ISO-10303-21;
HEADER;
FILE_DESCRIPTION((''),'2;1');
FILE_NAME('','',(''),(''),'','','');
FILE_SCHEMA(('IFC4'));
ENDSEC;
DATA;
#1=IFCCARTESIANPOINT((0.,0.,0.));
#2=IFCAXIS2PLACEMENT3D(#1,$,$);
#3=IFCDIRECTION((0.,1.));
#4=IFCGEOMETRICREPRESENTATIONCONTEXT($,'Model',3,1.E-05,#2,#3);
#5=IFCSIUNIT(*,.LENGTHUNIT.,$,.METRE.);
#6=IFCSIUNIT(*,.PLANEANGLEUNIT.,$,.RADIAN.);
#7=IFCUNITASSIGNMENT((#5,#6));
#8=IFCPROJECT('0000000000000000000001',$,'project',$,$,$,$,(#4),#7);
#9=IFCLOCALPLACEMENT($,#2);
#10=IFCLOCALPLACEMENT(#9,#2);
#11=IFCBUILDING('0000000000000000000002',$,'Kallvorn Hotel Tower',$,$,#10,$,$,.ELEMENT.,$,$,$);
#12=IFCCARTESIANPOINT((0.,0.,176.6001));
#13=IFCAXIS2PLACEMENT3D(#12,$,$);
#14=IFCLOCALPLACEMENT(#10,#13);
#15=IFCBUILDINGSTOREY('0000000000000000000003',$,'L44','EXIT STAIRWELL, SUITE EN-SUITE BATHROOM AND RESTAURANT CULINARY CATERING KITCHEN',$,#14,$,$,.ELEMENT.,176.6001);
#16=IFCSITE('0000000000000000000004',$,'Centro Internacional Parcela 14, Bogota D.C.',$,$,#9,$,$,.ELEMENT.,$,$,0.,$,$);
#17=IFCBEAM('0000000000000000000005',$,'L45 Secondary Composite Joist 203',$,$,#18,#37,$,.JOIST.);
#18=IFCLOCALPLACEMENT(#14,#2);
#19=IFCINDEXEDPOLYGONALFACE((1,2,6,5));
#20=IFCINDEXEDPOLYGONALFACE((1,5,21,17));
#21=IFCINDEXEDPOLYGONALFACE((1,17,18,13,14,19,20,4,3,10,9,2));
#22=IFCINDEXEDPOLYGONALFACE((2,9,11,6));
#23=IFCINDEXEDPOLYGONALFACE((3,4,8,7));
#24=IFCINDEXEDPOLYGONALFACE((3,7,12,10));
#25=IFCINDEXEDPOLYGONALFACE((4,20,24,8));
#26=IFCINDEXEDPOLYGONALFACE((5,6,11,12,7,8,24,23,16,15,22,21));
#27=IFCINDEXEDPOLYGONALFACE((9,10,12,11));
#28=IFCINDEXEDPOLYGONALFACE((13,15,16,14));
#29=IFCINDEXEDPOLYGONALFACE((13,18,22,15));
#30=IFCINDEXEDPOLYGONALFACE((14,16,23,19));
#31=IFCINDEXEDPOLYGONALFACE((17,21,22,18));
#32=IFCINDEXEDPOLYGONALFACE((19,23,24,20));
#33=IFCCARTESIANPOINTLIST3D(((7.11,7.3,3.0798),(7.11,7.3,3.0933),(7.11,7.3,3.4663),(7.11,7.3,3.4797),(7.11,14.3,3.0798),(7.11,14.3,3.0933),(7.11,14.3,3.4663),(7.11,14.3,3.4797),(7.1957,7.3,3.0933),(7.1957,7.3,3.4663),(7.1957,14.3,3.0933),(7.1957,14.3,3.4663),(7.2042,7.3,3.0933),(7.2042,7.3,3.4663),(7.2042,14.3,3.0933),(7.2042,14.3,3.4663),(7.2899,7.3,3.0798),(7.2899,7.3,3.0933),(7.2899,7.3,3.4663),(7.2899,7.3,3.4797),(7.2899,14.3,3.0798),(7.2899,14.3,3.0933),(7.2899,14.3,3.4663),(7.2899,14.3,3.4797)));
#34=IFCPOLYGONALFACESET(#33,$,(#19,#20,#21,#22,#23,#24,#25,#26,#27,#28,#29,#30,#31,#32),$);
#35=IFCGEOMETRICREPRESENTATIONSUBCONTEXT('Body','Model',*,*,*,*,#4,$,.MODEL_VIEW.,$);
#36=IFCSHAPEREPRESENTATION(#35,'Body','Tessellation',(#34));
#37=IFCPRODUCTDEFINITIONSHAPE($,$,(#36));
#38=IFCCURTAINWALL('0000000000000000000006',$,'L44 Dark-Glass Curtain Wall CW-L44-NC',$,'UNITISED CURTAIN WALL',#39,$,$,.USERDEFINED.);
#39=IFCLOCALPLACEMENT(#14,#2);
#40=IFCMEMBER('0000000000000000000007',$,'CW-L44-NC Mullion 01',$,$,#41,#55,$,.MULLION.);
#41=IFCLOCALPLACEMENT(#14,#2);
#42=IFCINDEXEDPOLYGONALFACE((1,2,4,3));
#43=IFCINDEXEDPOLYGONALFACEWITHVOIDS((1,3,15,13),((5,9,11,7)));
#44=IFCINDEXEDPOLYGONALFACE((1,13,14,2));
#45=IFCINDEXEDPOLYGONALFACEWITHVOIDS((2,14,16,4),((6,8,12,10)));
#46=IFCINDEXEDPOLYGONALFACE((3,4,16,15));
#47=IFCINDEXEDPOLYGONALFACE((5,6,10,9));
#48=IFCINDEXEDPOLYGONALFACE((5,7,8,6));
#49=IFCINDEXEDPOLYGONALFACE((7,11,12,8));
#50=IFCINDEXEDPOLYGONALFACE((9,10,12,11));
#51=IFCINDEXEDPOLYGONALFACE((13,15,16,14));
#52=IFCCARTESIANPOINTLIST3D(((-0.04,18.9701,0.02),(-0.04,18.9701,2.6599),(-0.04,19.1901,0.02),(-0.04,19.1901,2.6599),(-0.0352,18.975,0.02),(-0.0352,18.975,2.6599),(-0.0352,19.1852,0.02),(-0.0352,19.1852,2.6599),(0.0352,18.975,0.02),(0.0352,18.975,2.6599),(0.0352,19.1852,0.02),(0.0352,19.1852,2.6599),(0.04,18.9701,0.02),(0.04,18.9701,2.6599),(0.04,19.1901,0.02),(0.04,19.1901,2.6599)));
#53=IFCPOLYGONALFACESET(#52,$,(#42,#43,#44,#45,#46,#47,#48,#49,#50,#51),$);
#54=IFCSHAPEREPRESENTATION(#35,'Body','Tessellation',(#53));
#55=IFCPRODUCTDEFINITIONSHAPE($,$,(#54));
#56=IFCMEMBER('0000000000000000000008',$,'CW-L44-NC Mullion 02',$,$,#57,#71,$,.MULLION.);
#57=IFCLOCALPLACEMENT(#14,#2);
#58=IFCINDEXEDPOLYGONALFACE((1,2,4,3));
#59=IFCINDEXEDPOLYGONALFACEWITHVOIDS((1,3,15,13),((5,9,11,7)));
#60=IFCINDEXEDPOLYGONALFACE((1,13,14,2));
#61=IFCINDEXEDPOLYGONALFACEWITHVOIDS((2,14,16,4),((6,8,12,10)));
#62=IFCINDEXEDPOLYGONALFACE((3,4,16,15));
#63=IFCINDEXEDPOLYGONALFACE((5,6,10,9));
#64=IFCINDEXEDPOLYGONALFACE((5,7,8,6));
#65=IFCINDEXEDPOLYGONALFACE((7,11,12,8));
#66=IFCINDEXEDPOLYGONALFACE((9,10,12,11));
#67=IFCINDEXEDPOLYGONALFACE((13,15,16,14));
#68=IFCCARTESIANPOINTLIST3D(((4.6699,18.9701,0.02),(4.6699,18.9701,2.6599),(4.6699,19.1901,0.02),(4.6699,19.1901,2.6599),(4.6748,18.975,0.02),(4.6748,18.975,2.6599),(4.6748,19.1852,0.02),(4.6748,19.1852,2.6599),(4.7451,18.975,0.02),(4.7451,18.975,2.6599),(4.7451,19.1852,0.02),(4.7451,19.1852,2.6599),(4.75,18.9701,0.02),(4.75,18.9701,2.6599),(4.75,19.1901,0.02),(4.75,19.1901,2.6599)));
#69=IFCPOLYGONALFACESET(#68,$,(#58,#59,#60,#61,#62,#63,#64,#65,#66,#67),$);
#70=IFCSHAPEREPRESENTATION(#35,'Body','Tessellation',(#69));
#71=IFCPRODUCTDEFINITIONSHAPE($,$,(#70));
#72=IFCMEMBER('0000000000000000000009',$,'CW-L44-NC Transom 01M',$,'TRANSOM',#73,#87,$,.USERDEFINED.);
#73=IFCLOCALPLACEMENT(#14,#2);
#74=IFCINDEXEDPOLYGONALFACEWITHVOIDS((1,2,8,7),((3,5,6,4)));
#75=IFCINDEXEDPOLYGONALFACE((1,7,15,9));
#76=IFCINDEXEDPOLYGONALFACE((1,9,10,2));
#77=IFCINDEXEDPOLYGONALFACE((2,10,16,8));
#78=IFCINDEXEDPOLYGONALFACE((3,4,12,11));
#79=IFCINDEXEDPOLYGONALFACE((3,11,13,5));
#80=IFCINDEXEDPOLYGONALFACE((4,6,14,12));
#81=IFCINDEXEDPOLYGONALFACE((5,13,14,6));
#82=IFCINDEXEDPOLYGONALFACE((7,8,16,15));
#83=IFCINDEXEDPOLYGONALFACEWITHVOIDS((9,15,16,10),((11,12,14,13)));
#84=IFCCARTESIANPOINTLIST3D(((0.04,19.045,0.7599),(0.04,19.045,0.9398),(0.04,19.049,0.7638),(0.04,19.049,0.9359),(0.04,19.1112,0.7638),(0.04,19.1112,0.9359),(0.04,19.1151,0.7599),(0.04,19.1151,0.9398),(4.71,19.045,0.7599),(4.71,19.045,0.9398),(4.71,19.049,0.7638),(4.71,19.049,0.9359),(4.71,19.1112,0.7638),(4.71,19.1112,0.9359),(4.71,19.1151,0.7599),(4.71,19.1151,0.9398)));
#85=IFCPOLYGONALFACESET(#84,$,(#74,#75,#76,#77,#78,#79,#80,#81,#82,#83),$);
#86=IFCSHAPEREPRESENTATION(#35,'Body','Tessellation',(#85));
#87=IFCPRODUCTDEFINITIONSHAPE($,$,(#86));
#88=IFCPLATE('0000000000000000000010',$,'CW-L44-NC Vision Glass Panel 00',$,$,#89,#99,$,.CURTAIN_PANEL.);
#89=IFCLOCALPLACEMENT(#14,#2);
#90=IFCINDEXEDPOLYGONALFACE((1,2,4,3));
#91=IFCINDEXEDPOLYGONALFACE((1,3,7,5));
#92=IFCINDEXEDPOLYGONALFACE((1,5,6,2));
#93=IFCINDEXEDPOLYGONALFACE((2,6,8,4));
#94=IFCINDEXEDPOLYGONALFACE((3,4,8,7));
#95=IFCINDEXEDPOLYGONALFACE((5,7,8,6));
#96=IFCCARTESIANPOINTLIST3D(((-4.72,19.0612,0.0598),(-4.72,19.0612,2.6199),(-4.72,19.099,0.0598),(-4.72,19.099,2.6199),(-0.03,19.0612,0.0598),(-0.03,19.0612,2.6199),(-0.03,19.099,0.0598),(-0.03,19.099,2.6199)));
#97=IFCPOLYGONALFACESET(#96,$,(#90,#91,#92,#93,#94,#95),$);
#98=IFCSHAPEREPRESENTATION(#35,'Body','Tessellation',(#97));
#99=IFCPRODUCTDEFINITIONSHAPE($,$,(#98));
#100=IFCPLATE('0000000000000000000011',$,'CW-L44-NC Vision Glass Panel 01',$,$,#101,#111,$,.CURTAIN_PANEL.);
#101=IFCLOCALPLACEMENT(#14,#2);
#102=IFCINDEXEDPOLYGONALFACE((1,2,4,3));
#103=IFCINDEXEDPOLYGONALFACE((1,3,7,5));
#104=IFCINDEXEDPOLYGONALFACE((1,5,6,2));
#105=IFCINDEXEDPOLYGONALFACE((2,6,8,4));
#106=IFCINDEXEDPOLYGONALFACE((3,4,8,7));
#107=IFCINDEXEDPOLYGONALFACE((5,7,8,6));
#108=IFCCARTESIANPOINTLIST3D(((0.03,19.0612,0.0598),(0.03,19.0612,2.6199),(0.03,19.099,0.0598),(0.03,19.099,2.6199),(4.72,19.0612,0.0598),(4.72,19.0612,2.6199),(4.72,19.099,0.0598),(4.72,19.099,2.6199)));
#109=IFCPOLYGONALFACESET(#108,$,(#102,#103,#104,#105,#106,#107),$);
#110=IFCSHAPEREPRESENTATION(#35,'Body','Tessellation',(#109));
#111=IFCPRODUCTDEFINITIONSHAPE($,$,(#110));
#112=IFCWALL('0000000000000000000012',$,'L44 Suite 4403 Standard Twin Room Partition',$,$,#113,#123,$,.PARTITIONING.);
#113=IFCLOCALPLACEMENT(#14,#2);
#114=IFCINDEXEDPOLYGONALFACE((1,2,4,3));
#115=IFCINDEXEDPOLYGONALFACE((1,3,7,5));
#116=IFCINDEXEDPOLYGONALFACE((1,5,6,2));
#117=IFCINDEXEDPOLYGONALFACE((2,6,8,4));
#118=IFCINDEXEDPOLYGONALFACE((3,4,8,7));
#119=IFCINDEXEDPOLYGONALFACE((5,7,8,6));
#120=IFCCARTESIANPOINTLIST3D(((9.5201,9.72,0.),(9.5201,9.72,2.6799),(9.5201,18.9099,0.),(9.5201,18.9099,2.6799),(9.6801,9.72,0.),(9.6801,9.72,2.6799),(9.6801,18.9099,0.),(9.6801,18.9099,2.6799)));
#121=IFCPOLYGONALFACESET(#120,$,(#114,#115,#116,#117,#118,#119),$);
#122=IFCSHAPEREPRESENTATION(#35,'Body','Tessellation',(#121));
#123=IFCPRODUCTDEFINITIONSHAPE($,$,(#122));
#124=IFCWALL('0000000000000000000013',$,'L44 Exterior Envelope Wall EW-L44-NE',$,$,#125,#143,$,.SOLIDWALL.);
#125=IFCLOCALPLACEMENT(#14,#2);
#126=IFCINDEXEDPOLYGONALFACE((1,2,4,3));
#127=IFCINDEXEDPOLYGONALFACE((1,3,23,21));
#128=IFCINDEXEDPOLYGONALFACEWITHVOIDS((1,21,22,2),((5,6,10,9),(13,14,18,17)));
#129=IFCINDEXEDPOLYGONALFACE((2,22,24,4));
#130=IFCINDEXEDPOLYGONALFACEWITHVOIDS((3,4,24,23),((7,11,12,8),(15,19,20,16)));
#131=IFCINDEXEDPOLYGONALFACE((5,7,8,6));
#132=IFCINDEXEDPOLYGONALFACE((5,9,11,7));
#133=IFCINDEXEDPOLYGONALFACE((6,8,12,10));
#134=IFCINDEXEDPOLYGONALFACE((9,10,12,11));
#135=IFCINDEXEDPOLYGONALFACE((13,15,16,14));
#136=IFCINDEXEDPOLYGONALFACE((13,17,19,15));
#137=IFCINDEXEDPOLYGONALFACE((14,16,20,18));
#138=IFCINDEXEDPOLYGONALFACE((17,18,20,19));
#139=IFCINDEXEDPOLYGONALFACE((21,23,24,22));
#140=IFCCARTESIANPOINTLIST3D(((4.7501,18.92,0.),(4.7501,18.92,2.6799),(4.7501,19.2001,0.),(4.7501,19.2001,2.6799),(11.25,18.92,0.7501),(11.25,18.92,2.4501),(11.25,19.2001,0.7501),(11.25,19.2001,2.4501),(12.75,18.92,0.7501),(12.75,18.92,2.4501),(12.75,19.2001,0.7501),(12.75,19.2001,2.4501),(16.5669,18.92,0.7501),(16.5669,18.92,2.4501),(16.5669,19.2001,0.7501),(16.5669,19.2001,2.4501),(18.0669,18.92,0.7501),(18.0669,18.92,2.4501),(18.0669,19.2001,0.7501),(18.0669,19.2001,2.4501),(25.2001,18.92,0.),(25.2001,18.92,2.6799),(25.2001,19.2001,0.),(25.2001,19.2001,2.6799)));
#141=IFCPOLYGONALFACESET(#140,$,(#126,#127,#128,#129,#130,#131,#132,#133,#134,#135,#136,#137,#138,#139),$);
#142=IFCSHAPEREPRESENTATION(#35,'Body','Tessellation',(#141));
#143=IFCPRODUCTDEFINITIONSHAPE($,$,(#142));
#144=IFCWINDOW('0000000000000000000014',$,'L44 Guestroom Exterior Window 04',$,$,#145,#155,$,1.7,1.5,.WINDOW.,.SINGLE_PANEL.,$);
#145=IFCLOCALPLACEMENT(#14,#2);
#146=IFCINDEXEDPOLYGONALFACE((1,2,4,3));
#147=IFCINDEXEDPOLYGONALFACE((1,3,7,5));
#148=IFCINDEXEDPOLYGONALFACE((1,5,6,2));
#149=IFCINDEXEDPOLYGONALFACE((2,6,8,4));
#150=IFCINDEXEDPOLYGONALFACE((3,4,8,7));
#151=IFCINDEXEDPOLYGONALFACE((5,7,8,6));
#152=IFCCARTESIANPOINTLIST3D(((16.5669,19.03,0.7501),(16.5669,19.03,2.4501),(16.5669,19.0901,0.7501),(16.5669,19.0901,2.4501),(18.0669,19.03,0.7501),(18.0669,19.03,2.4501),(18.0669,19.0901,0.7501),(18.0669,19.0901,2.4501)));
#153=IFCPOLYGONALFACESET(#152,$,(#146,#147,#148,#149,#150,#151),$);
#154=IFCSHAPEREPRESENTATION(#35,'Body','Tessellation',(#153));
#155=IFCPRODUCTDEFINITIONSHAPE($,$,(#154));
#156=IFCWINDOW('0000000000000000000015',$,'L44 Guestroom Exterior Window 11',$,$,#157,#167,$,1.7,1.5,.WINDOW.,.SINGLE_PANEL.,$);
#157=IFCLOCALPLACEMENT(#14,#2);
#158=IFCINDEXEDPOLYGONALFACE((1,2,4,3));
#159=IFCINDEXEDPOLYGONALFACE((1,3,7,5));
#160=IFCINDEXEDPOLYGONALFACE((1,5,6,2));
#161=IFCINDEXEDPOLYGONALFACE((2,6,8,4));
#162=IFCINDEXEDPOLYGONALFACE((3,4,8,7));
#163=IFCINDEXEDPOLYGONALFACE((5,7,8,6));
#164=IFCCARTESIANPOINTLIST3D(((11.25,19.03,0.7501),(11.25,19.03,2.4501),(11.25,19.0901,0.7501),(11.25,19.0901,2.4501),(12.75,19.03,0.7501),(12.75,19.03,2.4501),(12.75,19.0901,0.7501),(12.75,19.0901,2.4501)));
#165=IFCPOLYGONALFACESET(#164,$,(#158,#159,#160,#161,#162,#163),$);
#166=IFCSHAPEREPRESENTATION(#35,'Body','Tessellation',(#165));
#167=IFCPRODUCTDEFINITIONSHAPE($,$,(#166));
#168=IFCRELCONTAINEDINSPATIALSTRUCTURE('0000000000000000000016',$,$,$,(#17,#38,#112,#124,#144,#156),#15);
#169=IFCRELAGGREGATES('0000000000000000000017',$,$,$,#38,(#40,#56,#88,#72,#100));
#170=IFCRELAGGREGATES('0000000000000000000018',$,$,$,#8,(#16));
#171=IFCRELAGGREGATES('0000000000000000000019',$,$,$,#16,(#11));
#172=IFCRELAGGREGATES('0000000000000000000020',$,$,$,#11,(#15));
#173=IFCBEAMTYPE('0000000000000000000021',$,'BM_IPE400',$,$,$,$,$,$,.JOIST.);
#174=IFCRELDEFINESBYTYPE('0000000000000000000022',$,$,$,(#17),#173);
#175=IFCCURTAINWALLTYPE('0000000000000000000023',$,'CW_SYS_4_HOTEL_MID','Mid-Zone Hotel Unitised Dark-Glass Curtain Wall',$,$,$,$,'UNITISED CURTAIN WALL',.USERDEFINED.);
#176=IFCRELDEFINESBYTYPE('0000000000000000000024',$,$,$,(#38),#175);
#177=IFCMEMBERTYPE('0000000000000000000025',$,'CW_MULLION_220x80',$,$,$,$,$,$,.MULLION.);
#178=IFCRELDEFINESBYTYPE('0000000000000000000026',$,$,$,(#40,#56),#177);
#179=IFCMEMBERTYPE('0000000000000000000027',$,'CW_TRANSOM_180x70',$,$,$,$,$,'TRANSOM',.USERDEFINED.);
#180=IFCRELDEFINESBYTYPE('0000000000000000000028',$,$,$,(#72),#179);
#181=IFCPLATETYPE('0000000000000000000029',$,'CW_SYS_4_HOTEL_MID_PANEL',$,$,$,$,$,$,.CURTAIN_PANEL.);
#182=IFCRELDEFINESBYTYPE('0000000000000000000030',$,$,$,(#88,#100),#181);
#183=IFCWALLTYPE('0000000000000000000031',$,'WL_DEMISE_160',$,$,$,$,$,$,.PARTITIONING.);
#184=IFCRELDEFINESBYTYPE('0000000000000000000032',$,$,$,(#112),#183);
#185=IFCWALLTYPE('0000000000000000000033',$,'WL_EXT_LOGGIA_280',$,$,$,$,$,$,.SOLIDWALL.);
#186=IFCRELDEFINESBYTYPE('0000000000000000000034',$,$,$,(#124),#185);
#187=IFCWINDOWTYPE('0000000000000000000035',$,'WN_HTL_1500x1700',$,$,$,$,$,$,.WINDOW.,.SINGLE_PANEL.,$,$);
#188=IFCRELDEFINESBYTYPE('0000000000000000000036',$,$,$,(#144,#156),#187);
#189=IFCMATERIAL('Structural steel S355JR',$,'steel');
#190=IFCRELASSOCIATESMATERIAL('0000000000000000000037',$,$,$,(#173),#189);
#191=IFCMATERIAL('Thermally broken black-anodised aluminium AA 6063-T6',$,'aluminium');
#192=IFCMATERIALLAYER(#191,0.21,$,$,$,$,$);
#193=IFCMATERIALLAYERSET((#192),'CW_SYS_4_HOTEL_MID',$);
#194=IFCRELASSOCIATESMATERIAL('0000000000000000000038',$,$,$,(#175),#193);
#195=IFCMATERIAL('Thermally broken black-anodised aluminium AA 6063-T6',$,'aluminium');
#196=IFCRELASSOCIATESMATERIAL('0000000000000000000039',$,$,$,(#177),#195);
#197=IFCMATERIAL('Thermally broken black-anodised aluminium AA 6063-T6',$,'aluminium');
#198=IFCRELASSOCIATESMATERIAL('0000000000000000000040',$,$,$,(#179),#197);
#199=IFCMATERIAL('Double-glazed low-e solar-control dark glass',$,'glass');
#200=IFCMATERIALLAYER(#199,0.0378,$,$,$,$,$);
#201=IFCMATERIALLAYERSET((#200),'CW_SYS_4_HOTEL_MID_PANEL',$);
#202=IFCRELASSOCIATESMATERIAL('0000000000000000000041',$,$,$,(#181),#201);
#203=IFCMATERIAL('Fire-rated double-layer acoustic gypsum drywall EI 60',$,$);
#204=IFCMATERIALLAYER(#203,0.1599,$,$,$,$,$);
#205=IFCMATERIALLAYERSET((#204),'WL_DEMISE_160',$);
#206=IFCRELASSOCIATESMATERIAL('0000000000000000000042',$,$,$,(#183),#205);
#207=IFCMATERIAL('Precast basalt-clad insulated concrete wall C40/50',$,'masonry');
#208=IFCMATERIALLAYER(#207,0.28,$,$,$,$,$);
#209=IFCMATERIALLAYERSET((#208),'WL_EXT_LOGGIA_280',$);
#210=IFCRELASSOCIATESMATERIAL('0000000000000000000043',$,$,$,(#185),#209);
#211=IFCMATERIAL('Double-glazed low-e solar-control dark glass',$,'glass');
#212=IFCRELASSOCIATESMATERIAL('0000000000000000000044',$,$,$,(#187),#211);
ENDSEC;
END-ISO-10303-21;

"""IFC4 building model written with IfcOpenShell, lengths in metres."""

from ifc_helpers import new_model, si_unit, direction, frame, frame_2d, origin, origin_2d, place, context, subcontext, project, spatial, rectangle, hollow_rectangle, i_section, extrude, material, layer, layer_set, material_profile, profile_set, type_object, element, fill, aggregate, save


model = new_model("IFC4")

# Units and contexts
model_context = context("Model", 3, precision=1e-05, world=origin(), true_north=direction((0.0, 1.0)))
body_context = subcontext(model_context, "Body", "Model", "MODEL_VIEW")
ifc_project = project(units=[si_unit("LENGTHUNIT", "METRE"), si_unit("PLANEANGLEUNIT", "RADIAN")], contexts=[model_context])

# Site, building, storey
site_placement = place(None, origin())
site = spatial("IfcSite", under=ifc_project, at=site_placement, Name="Centro Internacional Parcela 14, Bogota D.C.", CompositionType="ELEMENT", RefElevation=0.0)
building_placement = place(site_placement, origin())
building = spatial("IfcBuilding", under=site, at=building_placement, Name="Kallvorn Hotel Tower", CompositionType="ELEMENT")
storey_placement = place(building_placement, frame((0.0, 0.0, 176.6001)))
storey = spatial("IfcBuildingStorey", under=building, at=storey_placement, Name="L44", Description="EXIT STAIRWELL, SUITE EN-SUITE BATHROOM AND RESTAURANT CULINARY CATERING KITCHEN", CompositionType="ELEMENT", Elevation=176.6001)

# Beam
ifc_material_1 = material(Name="Structural steel S355JR", Category="steel")
ifc_material_profile_1 = material_profile(ifc_material_1, i_section(OverallWidth=0.1799, OverallDepth=0.3999, WebThickness=0.0085, FlangeThickness=0.0134, at=origin_2d()), Name="IPE 400")
ifc_profile_set_1 = profile_set([ifc_material_profile_1], Name="Structural steel S355JR")
beam_type_1 = type_object("IfcBeamType", Name="BM_IPE400", PredefinedType="JOIST", material=ifc_profile_set_1)
for number, where, z_axis, x_axis, name in (
    (1, (7.2, 7.3, 3.2798), (0.0, 1.0, 0.0), (-1.0, 0.0, 0.0), "L45 Secondary Composite Joist 203"),
):
    element("IfcBeam", number, at=place(storey_placement, frame(where, z_axis=z_axis, x_axis=x_axis)), inside=storey, type_object=beam_type_1, Name=name, PredefinedType="JOIST", context=body_context, shape_type="SweptSolid", body=[
        extrude(i_section(OverallWidth=0.1799, OverallDepth=0.3999, WebThickness=0.0085, FlangeThickness=0.0134, at=origin_2d()), origin(), (0.0, 0.0, 1.0), 7.0),
    ])

# Curtain wall, members, plates
ifc_material_2 = material(Name="Thermally broken black-anodised aluminium AA 6063-T6", Category="aluminium")
ifc_layer_1 = layer(ifc_material_2, 0.21)
ifc_layer_set_1 = layer_set([ifc_layer_1], Name="CW_SYS_4_HOTEL_MID")
curtain_wall_type = type_object("IfcCurtainWallType", Name="CW_SYS_4_HOTEL_MID", Description="Mid-Zone Hotel Unitised Dark-Glass Curtain Wall", ElementType="UNITISED CURTAIN WALL", PredefinedType="USERDEFINED", material=ifc_layer_set_1)
curtain_wall_placement = place(storey_placement, origin())
curtain_wall = element("IfcCurtainWall", 2, at=curtain_wall_placement, inside=storey, type_object=curtain_wall_type, Name="L44 Dark-Glass Curtain Wall CW-L44-NC", ObjectType="UNITISED CURTAIN WALL", PredefinedType="USERDEFINED")
ifc_material_3 = material(Name="Thermally broken black-anodised aluminium AA 6063-T6", Category="aluminium")
ifc_material_profile_2 = material_profile(ifc_material_3, hollow_rectangle(XDim=0.0801, YDim=0.22, WallThickness=0.0049, at=origin_2d()), Name="MUL 220x80")
ifc_profile_set_2 = profile_set([ifc_material_profile_2], Name="Thermally broken black-anodised aluminium AA 6063-T6")
member_type_1 = type_object("IfcMemberType", Name="CW_MULLION_220x80", PredefinedType="MULLION", material=ifc_profile_set_2)
member_1_placement = place(storey_placement, frame((0.0, 19.0801, 0.02), z_axis=(0.0, 0.0, 1.0), x_axis=(1.0, 0.0, 0.0)))
member_1 = element("IfcMember", 3, at=member_1_placement, type_object=member_type_1, Name="CW-L44-NC Mullion 01", PredefinedType="MULLION", context=body_context, shape_type="SweptSolid", body=[
    extrude(hollow_rectangle(XDim=0.0801, YDim=0.22, WallThickness=0.0049, at=origin_2d()), origin(), (0.0, 0.0, 1.0), 2.6399),
])
member_2_placement = place(storey_placement, frame((4.71, 19.0801, 0.02), z_axis=(0.0, 0.0, 1.0), x_axis=(1.0, 0.0, 0.0)))
member_2 = element("IfcMember", 4, at=member_2_placement, type_object=member_type_1, Name="CW-L44-NC Mullion 02", PredefinedType="MULLION", context=body_context, shape_type="SweptSolid", body=[
    extrude(hollow_rectangle(XDim=0.0801, YDim=0.22, WallThickness=0.0049, at=origin_2d()), origin(), (0.0, 0.0, 1.0), 2.6399),
])
ifc_material_4 = material(Name="Thermally broken black-anodised aluminium AA 6063-T6", Category="aluminium")
ifc_material_profile_3 = material_profile(ifc_material_4, hollow_rectangle(XDim=0.0701, YDim=0.1799, WallThickness=0.0039, at=origin_2d()), Name="TRN 180x70")
ifc_profile_set_3 = profile_set([ifc_material_profile_3], Name="Thermally broken black-anodised aluminium AA 6063-T6")
member_type_2 = type_object("IfcMemberType", Name="CW_TRANSOM_180x70", ElementType="TRANSOM", PredefinedType="USERDEFINED", material=ifc_profile_set_3)
member_3_placement = place(storey_placement, frame((0.04, 19.0801, 0.8499), z_axis=(1.0, 0.0, 0.0), x_axis=(0.0, 1.0, 0.0)))
member_3 = element("IfcMember", 5, at=member_3_placement, type_object=member_type_2, Name="CW-L44-NC Transom 01M", ObjectType="TRANSOM", PredefinedType="USERDEFINED", context=body_context, shape_type="SweptSolid", body=[
    extrude(hollow_rectangle(XDim=0.0701, YDim=0.1799, WallThickness=0.0039, at=origin_2d()), origin(), (0.0, 0.0, 1.0), 4.6699),
])
ifc_material_5 = material(Name="Double-glazed low-e solar-control dark glass", Category="glass")
ifc_layer_2 = layer(ifc_material_5, 0.0378)
ifc_layer_set_2 = layer_set([ifc_layer_2], Name="CW_SYS_4_HOTEL_MID_PANEL")
plate_type = type_object("IfcPlateType", Name="CW_SYS_4_HOTEL_MID_PANEL", PredefinedType="CURTAIN_PANEL", material=ifc_layer_set_2)
plate_1_placement = place(storey_placement, frame((-2.375, 19.0801, 0.0598), z_axis=(0.0, 0.0, 1.0), x_axis=(1.0, 0.0, 0.0)))
plate_1 = element("IfcPlate", 6, at=plate_1_placement, type_object=plate_type, Name="CW-L44-NC Vision Glass Panel 00", PredefinedType="CURTAIN_PANEL", context=body_context, shape_type="SweptSolid", body=[
    extrude(rectangle(XDim=4.6899, YDim=0.0378, at=origin_2d()), origin(), (0.0, 0.0, 1.0), 2.5601),
])
plate_2_placement = place(storey_placement, frame((2.375, 19.0801, 0.0598), z_axis=(0.0, 0.0, 1.0), x_axis=(1.0, 0.0, 0.0)))
plate_2 = element("IfcPlate", 7, at=plate_2_placement, type_object=plate_type, Name="CW-L44-NC Vision Glass Panel 01", PredefinedType="CURTAIN_PANEL", context=body_context, shape_type="SweptSolid", body=[
    extrude(rectangle(XDim=4.6899, YDim=0.0378, at=origin_2d()), origin(), (0.0, 0.0, 1.0), 2.5601),
])
aggregate(curtain_wall, [member_1, member_2, plate_1, member_3, plate_2])

# Wall
ifc_material_6 = material(Name="Fire-rated double-layer acoustic gypsum drywall EI 60")
ifc_layer_3 = layer(ifc_material_6, 0.1599)
ifc_layer_set_3 = layer_set([ifc_layer_3], Name="WL_DEMISE_160")
wall_type_1 = type_object("IfcWallType", Name="WL_DEMISE_160", PredefinedType="PARTITIONING", material=ifc_layer_set_3)
wall_1_placement = place(storey_placement, frame((9.6001, 9.72, 0.0), z_axis=(0.0, 0.0, 1.0), x_axis=(0.0, 1.0, 0.0)))
element("IfcWall", 8, at=wall_1_placement, inside=storey, type_object=wall_type_1, Name="L44 Suite 4403 Standard Twin Room Partition", PredefinedType="PARTITIONING", context=body_context, shape_type="SweptSolid", body=[
    extrude(rectangle(XDim=9.1899, YDim=0.1599, at=frame_2d((4.595, 0.0))), origin(), (0.0, 0.0, 1.0), 2.6799),
])

# Wall, openings, windows
ifc_material_7 = material(Name="Precast basalt-clad insulated concrete wall C40/50", Category="masonry")
ifc_layer_4 = layer(ifc_material_7, 0.28)
ifc_layer_set_4 = layer_set([ifc_layer_4], Name="WL_EXT_LOGGIA_280")
wall_type_2 = type_object("IfcWallType", Name="WL_EXT_LOGGIA_280", PredefinedType="SOLIDWALL", material=ifc_layer_set_4)
wall_2_placement = place(storey_placement, frame((4.75, 19.0601, 0.0), z_axis=(0.0, 0.0, 1.0), x_axis=(1.0, 0.0, 0.0)))
wall_2 = element("IfcWall", 9, at=wall_2_placement, inside=storey, type_object=wall_type_2, Name="L44 Exterior Envelope Wall EW-L44-NE", PredefinedType="SOLIDWALL", context=body_context, shape_type="SweptSolid", body=[
    extrude(rectangle(XDim=20.45, YDim=0.28, at=frame_2d((10.2251, 0.0))), origin(), (0.0, 0.0, 1.0), 2.6799),
])
opening_1_placement = place(wall_2_placement, frame((11.8169, 0.0, 0.75)))
opening_1 = element("IfcOpeningElement", 10, at=opening_1_placement, cuts=wall_2, PredefinedType="OPENING", context=body_context, shape_type="SweptSolid", body=[
    extrude(rectangle(XDim=1.5, YDim=1.7, at=frame_2d((0.75, 0.8501))), frame((0.0, 0.155, 0.0), z_axis=(0.0, -1.0, 0.0), x_axis=(1.0, 0.0, 0.0)), (0.0, 0.0, 1.0), 0.3101),
])
opening_2_placement = place(wall_2_placement, frame((6.5, 0.0, 0.75)))
opening_2 = element("IfcOpeningElement", 11, at=opening_2_placement, cuts=wall_2, PredefinedType="OPENING", context=body_context, shape_type="SweptSolid", body=[
    extrude(rectangle(XDim=1.5, YDim=1.7, at=frame_2d((0.75, 0.8501))), frame((0.0, 0.155, 0.0), z_axis=(0.0, -1.0, 0.0), x_axis=(1.0, 0.0, 0.0)), (0.0, 0.0, 1.0), 0.3101),
])
ifc_material_8 = material(Name="Double-glazed low-e solar-control dark glass", Category="glass")
window_type = type_object("IfcWindowType", Name="WN_HTL_1500x1700", PartitioningType="SINGLE_PANEL", PredefinedType="WINDOW", material=ifc_material_8)
window_1_placement = place(opening_1_placement, origin())
window_1 = element("IfcWindow", 12, at=window_1_placement, inside=storey, type_object=window_type, Name="L44 Guestroom Exterior Window 04", OverallHeight=1.7, OverallWidth=1.5, PartitioningType="SINGLE_PANEL", PredefinedType="WINDOW", context=body_context, shape_type="SweptSolid", body=[
    extrude(rectangle(XDim=1.5, YDim=1.7, at=frame_2d((0.75, 0.8501))), frame((0.0, 0.03, 0.0), z_axis=(0.0, -1.0, 0.0), x_axis=(1.0, 0.0, 0.0)), (0.0, 0.0, 1.0), 0.0601),
])
fill(opening_1, window_1)
window_2_placement = place(opening_2_placement, origin())
window_2 = element("IfcWindow", 13, at=window_2_placement, inside=storey, type_object=window_type, Name="L44 Guestroom Exterior Window 11", OverallHeight=1.7, OverallWidth=1.5, PartitioningType="SINGLE_PANEL", PredefinedType="WINDOW", context=body_context, shape_type="SweptSolid", body=[
    extrude(rectangle(XDim=1.5, YDim=1.7, at=frame_2d((0.75, 0.8501))), frame((0.0, 0.03, 0.0), z_axis=(0.0, -1.0, 0.0), x_axis=(1.0, 0.0, 0.0)), (0.0, 0.0, 1.0), 0.0601),
])
fill(opening_2, window_2)

save(model, "model.ifc")
